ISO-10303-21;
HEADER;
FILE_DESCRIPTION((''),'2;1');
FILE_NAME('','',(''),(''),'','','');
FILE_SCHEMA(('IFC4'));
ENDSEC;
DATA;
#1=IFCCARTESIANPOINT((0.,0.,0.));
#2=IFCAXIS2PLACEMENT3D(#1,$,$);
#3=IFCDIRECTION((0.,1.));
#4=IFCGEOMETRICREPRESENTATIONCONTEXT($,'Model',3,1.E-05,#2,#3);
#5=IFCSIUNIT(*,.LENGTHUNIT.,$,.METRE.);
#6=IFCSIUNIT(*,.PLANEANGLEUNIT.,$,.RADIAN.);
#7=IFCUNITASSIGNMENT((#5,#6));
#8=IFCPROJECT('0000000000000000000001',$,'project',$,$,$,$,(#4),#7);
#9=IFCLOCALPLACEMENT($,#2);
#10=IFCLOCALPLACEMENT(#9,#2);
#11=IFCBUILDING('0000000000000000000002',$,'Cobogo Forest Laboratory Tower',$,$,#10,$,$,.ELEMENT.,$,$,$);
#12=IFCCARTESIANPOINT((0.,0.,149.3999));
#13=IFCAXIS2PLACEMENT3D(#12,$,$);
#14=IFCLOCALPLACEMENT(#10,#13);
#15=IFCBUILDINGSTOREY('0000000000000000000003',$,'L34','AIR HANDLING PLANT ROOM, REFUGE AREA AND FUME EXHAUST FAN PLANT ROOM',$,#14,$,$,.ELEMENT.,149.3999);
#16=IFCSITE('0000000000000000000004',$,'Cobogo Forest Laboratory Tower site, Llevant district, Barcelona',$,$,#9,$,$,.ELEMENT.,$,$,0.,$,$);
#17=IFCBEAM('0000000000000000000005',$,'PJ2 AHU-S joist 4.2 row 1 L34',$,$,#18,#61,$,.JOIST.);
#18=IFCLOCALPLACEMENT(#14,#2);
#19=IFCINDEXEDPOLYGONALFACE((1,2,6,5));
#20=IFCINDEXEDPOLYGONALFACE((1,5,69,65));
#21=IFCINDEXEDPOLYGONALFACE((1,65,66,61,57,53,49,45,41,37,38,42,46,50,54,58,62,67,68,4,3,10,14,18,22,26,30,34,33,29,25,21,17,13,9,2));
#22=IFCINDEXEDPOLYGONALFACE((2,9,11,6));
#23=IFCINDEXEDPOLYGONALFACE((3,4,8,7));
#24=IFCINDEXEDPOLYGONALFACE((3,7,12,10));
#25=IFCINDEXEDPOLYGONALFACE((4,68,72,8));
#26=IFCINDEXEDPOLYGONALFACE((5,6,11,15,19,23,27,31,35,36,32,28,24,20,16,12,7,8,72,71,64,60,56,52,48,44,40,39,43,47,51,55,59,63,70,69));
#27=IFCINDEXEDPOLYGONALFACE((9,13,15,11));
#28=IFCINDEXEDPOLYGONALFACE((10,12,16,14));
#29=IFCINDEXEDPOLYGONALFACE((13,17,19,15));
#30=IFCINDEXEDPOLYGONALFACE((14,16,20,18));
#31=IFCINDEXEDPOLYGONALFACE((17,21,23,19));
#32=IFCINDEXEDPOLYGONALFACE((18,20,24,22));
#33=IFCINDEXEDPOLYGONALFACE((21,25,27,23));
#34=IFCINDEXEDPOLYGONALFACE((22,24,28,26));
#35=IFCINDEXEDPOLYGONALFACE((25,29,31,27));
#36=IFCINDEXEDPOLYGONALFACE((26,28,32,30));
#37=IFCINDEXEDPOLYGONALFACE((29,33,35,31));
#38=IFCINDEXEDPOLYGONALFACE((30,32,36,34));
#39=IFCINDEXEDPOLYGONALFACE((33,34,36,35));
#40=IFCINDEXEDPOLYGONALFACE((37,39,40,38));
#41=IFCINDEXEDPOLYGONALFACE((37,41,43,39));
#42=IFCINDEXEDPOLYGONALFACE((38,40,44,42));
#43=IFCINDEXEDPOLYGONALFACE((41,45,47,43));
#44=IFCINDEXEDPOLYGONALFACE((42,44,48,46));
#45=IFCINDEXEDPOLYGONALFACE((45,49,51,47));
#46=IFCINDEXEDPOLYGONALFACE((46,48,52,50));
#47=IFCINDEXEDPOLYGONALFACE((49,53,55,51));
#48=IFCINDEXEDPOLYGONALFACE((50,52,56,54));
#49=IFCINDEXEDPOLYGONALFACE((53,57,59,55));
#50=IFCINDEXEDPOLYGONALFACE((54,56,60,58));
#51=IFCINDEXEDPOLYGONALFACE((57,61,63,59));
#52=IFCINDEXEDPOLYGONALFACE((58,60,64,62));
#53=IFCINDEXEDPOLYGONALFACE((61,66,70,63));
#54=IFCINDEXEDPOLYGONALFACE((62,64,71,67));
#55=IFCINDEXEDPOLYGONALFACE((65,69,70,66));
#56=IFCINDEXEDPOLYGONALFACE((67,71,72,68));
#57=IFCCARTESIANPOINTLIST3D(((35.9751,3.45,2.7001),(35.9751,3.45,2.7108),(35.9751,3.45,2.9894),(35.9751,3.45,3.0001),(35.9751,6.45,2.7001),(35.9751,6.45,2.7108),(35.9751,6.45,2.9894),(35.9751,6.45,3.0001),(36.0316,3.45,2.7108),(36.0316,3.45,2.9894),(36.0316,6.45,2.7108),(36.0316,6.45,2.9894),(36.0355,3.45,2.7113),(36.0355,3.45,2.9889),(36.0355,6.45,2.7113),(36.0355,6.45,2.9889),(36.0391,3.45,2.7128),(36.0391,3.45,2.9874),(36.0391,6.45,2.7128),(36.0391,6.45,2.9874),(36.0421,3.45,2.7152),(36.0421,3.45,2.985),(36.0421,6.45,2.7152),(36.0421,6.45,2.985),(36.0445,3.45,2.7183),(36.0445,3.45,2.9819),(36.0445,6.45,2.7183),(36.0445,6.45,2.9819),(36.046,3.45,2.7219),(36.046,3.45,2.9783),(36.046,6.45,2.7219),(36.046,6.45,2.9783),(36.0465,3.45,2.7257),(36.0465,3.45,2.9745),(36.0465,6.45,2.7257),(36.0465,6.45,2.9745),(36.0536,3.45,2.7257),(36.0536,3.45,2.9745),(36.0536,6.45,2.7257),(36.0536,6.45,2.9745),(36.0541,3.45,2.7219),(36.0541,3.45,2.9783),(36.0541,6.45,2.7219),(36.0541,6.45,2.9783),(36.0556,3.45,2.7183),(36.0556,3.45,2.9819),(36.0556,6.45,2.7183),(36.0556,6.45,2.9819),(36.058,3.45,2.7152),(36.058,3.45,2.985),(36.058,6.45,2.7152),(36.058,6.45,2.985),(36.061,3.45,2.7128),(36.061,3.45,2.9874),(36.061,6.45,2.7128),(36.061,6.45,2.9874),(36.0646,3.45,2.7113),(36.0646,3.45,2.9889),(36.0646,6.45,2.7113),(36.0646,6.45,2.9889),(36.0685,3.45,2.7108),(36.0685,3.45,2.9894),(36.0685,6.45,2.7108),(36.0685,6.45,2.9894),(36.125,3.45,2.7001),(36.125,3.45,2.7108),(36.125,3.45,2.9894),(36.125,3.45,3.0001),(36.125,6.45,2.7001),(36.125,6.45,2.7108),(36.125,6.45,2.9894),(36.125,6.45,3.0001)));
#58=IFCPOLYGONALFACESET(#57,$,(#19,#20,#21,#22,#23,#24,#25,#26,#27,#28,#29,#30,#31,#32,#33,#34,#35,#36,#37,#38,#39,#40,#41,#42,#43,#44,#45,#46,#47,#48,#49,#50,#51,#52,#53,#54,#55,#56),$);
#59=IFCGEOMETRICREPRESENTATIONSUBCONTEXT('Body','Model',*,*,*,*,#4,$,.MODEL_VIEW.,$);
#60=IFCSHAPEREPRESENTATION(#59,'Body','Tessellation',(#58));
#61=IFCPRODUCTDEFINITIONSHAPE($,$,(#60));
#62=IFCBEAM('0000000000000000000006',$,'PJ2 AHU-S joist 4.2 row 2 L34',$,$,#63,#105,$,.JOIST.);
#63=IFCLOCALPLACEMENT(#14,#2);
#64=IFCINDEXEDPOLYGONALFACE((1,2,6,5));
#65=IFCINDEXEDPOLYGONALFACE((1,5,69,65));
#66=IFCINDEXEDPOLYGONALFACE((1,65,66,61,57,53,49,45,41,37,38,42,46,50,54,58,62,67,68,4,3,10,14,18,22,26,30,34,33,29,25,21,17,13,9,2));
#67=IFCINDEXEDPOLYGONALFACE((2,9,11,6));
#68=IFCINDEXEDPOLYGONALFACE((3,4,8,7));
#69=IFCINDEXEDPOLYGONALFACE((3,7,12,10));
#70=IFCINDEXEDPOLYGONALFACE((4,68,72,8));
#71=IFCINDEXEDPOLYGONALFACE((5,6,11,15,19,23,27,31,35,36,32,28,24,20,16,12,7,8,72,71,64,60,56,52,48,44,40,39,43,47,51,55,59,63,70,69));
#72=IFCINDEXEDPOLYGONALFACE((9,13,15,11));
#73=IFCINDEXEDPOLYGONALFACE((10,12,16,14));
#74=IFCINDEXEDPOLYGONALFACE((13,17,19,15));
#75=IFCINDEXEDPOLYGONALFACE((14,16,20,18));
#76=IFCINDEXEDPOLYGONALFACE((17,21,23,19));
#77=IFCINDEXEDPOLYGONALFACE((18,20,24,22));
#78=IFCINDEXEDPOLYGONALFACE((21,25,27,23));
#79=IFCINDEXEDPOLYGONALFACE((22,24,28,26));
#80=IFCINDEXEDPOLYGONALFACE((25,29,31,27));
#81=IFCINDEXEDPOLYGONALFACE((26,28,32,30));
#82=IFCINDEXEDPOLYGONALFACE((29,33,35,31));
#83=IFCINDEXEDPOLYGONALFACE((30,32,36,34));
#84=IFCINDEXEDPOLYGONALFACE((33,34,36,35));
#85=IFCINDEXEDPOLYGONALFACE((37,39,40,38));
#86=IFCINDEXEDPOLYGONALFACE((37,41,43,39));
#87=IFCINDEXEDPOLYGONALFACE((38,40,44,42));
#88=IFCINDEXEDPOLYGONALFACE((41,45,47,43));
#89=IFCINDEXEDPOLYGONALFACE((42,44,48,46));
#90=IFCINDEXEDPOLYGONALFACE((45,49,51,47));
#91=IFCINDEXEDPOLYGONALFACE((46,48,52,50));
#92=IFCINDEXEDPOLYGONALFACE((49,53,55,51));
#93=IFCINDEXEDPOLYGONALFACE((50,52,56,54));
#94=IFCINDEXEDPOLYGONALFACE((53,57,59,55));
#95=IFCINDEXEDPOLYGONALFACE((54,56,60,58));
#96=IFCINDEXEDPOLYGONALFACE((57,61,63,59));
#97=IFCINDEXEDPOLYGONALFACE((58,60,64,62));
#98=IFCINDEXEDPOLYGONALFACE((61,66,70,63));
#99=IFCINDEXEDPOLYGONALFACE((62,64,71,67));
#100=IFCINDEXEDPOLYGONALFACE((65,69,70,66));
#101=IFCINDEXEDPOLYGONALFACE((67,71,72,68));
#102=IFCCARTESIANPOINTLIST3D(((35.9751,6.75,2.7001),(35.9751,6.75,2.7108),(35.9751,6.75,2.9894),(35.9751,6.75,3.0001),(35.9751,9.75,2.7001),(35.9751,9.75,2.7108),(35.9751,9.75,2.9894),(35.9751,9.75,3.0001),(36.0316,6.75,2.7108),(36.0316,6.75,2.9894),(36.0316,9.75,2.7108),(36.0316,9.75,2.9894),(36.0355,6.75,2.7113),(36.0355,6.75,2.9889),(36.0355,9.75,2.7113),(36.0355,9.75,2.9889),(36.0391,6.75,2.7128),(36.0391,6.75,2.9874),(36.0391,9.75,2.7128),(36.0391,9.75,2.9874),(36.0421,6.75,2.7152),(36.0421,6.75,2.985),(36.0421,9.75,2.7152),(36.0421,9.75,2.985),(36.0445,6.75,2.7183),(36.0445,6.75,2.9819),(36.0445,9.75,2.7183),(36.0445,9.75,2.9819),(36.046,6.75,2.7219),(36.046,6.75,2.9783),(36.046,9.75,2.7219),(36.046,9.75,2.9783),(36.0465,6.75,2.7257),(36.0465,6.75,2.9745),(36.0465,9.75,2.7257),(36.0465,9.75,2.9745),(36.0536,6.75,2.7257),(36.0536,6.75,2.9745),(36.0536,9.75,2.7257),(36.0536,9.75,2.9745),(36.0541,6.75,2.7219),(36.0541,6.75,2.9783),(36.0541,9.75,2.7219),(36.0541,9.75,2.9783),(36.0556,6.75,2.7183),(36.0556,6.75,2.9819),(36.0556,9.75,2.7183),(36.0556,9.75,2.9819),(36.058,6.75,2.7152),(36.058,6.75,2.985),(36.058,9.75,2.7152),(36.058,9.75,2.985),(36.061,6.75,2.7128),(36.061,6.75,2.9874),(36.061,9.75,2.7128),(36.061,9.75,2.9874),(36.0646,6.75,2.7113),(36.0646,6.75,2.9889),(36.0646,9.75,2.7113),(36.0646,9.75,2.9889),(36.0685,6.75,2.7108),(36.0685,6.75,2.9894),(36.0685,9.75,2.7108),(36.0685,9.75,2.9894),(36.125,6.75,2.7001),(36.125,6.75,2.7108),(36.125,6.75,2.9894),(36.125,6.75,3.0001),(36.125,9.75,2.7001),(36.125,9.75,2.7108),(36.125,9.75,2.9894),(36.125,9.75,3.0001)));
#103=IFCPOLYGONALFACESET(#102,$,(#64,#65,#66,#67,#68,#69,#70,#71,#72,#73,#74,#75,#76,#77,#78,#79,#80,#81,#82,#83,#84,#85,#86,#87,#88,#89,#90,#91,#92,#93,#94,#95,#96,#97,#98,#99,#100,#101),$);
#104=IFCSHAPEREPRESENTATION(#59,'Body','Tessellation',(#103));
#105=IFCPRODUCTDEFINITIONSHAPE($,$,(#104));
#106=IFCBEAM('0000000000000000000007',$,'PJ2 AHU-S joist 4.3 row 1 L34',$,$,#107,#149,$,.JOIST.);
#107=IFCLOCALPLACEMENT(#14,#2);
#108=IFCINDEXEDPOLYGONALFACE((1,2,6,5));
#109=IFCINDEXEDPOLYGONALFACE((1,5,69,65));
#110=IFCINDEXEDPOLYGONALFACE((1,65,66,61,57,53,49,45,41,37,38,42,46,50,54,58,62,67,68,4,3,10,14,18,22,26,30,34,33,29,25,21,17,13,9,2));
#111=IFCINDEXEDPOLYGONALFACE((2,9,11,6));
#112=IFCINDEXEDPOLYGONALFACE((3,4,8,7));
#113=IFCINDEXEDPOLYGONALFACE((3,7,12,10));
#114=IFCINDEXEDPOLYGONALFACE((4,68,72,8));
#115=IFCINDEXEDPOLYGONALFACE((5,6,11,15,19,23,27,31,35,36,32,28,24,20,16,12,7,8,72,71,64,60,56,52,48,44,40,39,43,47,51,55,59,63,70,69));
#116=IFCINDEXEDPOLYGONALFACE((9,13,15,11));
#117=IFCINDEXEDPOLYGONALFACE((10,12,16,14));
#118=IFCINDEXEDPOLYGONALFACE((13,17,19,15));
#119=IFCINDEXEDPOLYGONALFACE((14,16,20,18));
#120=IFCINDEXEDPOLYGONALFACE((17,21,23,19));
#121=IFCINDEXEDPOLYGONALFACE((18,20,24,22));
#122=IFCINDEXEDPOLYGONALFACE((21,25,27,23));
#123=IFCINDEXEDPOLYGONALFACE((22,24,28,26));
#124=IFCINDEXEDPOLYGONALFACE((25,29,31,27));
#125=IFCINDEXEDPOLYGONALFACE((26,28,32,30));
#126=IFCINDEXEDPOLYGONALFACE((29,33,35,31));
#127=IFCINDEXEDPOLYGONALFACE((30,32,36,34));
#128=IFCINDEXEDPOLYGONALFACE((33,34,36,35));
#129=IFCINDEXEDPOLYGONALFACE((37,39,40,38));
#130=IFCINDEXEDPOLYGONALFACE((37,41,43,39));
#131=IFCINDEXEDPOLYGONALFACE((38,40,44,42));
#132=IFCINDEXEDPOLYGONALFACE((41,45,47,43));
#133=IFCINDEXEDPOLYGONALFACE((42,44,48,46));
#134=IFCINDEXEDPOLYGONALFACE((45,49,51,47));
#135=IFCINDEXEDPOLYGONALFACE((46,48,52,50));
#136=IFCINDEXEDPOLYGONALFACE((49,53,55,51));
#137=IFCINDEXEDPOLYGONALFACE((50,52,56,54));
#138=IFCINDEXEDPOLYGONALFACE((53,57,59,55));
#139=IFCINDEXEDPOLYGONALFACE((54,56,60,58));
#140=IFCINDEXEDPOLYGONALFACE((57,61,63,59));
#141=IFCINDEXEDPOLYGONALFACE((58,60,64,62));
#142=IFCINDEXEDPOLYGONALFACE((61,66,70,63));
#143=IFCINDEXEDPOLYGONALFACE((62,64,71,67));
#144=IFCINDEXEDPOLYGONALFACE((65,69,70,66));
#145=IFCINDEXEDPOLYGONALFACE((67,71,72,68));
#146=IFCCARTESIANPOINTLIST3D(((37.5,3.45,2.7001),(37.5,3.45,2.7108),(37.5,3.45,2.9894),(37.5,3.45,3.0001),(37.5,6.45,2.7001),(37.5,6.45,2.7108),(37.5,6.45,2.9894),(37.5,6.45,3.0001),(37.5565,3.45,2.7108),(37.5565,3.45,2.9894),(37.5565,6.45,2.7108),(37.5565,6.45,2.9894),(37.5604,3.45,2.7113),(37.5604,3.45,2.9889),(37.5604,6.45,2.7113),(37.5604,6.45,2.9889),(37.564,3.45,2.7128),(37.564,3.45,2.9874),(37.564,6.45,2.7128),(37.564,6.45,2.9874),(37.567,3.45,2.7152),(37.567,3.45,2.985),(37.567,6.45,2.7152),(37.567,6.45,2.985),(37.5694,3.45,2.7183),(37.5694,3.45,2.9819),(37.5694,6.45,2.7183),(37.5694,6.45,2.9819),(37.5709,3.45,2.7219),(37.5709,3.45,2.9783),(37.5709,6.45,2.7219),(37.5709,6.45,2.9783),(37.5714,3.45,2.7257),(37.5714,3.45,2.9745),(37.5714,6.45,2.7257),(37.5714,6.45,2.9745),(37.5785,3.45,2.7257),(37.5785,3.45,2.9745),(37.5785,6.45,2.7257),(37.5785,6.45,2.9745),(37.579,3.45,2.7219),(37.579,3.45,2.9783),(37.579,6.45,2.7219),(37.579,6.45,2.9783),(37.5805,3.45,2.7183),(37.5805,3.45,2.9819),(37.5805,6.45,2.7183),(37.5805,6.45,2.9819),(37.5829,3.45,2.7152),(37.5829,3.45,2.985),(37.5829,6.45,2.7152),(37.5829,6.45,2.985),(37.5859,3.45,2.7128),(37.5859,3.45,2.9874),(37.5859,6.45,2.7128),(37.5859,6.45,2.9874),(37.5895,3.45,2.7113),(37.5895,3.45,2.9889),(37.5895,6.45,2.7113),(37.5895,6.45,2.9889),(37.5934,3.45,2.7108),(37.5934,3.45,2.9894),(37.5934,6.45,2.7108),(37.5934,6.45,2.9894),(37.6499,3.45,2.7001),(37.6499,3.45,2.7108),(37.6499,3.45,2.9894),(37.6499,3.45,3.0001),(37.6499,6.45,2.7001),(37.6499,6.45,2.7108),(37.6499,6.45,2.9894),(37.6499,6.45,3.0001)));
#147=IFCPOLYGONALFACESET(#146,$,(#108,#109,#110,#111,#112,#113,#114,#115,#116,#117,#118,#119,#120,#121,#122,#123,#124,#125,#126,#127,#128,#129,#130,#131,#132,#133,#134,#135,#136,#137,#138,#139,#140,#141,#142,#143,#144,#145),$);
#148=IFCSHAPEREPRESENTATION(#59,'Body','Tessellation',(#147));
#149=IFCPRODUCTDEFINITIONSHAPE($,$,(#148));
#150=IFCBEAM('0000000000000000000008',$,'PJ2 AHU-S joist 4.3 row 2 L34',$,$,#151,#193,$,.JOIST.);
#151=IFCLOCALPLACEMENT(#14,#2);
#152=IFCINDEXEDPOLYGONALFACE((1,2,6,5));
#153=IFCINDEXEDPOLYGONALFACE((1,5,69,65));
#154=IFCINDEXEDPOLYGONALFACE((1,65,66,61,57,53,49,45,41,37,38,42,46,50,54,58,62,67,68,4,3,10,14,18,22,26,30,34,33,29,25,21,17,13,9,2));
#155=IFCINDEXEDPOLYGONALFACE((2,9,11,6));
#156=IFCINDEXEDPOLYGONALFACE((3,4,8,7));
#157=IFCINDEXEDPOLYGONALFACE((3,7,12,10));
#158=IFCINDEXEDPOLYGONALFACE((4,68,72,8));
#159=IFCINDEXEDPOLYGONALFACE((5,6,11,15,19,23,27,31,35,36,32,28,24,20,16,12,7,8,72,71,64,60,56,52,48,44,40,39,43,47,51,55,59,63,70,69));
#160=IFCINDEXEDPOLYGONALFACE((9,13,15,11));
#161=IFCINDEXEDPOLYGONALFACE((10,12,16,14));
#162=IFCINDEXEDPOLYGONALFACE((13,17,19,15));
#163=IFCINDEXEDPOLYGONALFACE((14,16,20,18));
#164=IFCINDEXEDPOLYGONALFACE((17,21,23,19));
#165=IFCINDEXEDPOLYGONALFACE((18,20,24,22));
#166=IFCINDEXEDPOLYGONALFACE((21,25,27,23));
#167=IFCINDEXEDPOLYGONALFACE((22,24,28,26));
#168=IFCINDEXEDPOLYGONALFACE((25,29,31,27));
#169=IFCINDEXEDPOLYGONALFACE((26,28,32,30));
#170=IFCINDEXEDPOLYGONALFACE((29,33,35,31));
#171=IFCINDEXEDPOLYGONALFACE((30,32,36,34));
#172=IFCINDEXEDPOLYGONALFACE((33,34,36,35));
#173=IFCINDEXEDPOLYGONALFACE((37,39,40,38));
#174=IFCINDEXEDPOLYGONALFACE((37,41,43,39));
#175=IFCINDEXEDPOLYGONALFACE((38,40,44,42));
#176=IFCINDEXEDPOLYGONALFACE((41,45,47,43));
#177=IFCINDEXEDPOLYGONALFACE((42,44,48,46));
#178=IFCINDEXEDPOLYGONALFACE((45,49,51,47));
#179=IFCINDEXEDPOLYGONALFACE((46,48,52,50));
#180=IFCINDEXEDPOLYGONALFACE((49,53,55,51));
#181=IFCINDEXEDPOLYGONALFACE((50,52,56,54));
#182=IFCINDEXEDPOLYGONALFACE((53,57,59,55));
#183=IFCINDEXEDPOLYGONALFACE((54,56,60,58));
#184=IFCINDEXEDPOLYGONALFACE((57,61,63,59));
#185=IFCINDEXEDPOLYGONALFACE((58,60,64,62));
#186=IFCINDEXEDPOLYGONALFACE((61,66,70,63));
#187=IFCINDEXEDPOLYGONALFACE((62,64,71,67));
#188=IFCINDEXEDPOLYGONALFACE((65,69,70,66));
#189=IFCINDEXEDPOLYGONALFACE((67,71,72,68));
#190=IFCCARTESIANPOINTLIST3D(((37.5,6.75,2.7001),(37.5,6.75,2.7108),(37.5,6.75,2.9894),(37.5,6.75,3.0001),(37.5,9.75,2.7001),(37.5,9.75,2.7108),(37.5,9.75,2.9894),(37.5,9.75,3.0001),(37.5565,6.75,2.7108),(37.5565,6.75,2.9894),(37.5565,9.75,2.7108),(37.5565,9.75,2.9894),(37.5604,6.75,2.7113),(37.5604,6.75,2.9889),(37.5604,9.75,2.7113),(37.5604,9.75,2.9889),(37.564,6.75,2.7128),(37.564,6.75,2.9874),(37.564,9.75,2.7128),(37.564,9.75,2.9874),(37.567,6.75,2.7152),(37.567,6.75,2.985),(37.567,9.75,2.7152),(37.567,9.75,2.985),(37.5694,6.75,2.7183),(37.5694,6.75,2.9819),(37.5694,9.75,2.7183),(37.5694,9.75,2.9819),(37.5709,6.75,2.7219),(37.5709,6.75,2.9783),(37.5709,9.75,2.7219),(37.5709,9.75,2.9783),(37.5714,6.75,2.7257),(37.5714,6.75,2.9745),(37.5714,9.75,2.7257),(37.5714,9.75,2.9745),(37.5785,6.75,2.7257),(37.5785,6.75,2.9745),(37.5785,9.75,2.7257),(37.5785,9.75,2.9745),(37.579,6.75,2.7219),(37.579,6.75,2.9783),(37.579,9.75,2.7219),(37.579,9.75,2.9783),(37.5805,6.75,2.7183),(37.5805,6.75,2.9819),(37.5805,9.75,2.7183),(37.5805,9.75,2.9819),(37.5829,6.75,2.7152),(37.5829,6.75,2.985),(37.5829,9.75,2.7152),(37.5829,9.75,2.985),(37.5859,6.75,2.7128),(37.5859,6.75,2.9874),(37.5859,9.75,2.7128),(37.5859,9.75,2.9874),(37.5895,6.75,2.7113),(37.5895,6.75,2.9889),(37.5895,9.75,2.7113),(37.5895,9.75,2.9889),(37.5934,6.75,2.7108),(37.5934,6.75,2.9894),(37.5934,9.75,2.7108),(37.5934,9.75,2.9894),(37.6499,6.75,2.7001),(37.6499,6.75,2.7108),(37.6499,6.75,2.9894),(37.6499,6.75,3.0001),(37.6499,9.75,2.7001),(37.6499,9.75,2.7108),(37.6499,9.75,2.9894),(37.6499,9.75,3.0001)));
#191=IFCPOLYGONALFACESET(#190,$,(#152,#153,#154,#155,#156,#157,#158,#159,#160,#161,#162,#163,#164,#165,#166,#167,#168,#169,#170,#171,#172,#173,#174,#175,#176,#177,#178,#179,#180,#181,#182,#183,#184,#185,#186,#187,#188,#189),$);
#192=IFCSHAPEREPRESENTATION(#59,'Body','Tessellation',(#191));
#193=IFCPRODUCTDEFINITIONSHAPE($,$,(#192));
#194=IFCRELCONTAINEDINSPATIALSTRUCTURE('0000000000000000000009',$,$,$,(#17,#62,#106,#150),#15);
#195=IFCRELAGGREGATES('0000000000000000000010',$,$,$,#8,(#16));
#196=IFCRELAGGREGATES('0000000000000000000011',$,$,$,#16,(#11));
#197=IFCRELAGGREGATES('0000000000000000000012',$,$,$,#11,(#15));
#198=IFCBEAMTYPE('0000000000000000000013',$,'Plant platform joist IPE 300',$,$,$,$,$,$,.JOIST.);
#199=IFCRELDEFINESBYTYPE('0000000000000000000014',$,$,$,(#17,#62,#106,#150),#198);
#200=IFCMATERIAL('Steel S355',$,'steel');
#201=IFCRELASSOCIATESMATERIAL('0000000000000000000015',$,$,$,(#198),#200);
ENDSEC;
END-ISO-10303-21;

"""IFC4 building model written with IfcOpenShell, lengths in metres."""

from ifc_helpers import new_model, si_unit, direction, frame, origin, origin_2d, place, context, subcontext, project, spatial, i_section, extrude, material, material_profile, profile_set, type_object, element, save


model = new_model("IFC4")

# Units and contexts
model_context = context("Model", 3, precision=1e-05, world=origin(), true_north=direction((0.0, 1.0)))
body_context = subcontext(model_context, "Body", "Model", "MODEL_VIEW")
ifc_project = project(units=[si_unit("LENGTHUNIT", "METRE"), si_unit("PLANEANGLEUNIT", "RADIAN")], contexts=[model_context])

# Site, building, storey
site_placement = place(None, origin())
site = spatial("IfcSite", under=ifc_project, at=site_placement, Name="Cobogo Forest Laboratory Tower site, Llevant district, Barcelona", CompositionType="ELEMENT", RefElevation=0.0)
building_placement = place(site_placement, origin())
building = spatial("IfcBuilding", under=site, at=building_placement, Name="Cobogo Forest Laboratory Tower", CompositionType="ELEMENT")
storey_placement = place(building_placement, frame((0.0, 0.0, 149.3999)))
storey = spatial("IfcBuildingStorey", under=building, at=storey_placement, Name="L34", Description="AIR HANDLING PLANT ROOM, REFUGE AREA AND FUME EXHAUST FAN PLANT ROOM", CompositionType="ELEMENT", Elevation=149.3999)

# Beams
ifc_material_1 = material(Name="Steel S355", Category="steel")
ifc_material_profile_1 = material_profile(ifc_material_1, i_section(OverallWidth=0.1499, OverallDepth=0.3, WebThickness=0.0071, FlangeThickness=0.0107, FilletRadius=0.0149, at=origin_2d()), Name="IPE 300")
ifc_profile_set_1 = profile_set([ifc_material_profile_1], Name="Steel S355")
beam_type_1 = type_object("IfcBeamType", Name="Plant platform joist IPE 300", PredefinedType="JOIST", material=ifc_profile_set_1)
for number, where, z_axis, x_axis, name in (
    (1, (36.05, 3.45, 2.8501), (0.0, 1.0, 0.0), (-1.0, 0.0, 0.0), "PJ2 AHU-S joist 4.2 row 1 L34"),
    (2, (36.05, 6.75, 2.8501), (0.0, 1.0, 0.0), (-1.0, 0.0, 0.0), "PJ2 AHU-S joist 4.2 row 2 L34"),
    (3, (37.575, 3.45, 2.8501), (0.0, 1.0, 0.0), (-1.0, 0.0, 0.0), "PJ2 AHU-S joist 4.3 row 1 L34"),
    (4, (37.575, 6.75, 2.8501), (0.0, 1.0, 0.0), (-1.0, 0.0, 0.0), "PJ2 AHU-S joist 4.3 row 2 L34"),
):
    element("IfcBeam", number, at=place(storey_placement, frame(where, z_axis=z_axis, x_axis=x_axis)), inside=storey, type_object=beam_type_1, Name=name, PredefinedType="JOIST", context=body_context, shape_type="SweptSolid", body=[
        extrude(i_section(OverallWidth=0.1499, OverallDepth=0.3, WebThickness=0.0071, FlangeThickness=0.0107, FilletRadius=0.0149, at=origin_2d()), origin(), (0.0, 0.0, 1.0), 3.0),
    ])

save(model, "model.ifc")
